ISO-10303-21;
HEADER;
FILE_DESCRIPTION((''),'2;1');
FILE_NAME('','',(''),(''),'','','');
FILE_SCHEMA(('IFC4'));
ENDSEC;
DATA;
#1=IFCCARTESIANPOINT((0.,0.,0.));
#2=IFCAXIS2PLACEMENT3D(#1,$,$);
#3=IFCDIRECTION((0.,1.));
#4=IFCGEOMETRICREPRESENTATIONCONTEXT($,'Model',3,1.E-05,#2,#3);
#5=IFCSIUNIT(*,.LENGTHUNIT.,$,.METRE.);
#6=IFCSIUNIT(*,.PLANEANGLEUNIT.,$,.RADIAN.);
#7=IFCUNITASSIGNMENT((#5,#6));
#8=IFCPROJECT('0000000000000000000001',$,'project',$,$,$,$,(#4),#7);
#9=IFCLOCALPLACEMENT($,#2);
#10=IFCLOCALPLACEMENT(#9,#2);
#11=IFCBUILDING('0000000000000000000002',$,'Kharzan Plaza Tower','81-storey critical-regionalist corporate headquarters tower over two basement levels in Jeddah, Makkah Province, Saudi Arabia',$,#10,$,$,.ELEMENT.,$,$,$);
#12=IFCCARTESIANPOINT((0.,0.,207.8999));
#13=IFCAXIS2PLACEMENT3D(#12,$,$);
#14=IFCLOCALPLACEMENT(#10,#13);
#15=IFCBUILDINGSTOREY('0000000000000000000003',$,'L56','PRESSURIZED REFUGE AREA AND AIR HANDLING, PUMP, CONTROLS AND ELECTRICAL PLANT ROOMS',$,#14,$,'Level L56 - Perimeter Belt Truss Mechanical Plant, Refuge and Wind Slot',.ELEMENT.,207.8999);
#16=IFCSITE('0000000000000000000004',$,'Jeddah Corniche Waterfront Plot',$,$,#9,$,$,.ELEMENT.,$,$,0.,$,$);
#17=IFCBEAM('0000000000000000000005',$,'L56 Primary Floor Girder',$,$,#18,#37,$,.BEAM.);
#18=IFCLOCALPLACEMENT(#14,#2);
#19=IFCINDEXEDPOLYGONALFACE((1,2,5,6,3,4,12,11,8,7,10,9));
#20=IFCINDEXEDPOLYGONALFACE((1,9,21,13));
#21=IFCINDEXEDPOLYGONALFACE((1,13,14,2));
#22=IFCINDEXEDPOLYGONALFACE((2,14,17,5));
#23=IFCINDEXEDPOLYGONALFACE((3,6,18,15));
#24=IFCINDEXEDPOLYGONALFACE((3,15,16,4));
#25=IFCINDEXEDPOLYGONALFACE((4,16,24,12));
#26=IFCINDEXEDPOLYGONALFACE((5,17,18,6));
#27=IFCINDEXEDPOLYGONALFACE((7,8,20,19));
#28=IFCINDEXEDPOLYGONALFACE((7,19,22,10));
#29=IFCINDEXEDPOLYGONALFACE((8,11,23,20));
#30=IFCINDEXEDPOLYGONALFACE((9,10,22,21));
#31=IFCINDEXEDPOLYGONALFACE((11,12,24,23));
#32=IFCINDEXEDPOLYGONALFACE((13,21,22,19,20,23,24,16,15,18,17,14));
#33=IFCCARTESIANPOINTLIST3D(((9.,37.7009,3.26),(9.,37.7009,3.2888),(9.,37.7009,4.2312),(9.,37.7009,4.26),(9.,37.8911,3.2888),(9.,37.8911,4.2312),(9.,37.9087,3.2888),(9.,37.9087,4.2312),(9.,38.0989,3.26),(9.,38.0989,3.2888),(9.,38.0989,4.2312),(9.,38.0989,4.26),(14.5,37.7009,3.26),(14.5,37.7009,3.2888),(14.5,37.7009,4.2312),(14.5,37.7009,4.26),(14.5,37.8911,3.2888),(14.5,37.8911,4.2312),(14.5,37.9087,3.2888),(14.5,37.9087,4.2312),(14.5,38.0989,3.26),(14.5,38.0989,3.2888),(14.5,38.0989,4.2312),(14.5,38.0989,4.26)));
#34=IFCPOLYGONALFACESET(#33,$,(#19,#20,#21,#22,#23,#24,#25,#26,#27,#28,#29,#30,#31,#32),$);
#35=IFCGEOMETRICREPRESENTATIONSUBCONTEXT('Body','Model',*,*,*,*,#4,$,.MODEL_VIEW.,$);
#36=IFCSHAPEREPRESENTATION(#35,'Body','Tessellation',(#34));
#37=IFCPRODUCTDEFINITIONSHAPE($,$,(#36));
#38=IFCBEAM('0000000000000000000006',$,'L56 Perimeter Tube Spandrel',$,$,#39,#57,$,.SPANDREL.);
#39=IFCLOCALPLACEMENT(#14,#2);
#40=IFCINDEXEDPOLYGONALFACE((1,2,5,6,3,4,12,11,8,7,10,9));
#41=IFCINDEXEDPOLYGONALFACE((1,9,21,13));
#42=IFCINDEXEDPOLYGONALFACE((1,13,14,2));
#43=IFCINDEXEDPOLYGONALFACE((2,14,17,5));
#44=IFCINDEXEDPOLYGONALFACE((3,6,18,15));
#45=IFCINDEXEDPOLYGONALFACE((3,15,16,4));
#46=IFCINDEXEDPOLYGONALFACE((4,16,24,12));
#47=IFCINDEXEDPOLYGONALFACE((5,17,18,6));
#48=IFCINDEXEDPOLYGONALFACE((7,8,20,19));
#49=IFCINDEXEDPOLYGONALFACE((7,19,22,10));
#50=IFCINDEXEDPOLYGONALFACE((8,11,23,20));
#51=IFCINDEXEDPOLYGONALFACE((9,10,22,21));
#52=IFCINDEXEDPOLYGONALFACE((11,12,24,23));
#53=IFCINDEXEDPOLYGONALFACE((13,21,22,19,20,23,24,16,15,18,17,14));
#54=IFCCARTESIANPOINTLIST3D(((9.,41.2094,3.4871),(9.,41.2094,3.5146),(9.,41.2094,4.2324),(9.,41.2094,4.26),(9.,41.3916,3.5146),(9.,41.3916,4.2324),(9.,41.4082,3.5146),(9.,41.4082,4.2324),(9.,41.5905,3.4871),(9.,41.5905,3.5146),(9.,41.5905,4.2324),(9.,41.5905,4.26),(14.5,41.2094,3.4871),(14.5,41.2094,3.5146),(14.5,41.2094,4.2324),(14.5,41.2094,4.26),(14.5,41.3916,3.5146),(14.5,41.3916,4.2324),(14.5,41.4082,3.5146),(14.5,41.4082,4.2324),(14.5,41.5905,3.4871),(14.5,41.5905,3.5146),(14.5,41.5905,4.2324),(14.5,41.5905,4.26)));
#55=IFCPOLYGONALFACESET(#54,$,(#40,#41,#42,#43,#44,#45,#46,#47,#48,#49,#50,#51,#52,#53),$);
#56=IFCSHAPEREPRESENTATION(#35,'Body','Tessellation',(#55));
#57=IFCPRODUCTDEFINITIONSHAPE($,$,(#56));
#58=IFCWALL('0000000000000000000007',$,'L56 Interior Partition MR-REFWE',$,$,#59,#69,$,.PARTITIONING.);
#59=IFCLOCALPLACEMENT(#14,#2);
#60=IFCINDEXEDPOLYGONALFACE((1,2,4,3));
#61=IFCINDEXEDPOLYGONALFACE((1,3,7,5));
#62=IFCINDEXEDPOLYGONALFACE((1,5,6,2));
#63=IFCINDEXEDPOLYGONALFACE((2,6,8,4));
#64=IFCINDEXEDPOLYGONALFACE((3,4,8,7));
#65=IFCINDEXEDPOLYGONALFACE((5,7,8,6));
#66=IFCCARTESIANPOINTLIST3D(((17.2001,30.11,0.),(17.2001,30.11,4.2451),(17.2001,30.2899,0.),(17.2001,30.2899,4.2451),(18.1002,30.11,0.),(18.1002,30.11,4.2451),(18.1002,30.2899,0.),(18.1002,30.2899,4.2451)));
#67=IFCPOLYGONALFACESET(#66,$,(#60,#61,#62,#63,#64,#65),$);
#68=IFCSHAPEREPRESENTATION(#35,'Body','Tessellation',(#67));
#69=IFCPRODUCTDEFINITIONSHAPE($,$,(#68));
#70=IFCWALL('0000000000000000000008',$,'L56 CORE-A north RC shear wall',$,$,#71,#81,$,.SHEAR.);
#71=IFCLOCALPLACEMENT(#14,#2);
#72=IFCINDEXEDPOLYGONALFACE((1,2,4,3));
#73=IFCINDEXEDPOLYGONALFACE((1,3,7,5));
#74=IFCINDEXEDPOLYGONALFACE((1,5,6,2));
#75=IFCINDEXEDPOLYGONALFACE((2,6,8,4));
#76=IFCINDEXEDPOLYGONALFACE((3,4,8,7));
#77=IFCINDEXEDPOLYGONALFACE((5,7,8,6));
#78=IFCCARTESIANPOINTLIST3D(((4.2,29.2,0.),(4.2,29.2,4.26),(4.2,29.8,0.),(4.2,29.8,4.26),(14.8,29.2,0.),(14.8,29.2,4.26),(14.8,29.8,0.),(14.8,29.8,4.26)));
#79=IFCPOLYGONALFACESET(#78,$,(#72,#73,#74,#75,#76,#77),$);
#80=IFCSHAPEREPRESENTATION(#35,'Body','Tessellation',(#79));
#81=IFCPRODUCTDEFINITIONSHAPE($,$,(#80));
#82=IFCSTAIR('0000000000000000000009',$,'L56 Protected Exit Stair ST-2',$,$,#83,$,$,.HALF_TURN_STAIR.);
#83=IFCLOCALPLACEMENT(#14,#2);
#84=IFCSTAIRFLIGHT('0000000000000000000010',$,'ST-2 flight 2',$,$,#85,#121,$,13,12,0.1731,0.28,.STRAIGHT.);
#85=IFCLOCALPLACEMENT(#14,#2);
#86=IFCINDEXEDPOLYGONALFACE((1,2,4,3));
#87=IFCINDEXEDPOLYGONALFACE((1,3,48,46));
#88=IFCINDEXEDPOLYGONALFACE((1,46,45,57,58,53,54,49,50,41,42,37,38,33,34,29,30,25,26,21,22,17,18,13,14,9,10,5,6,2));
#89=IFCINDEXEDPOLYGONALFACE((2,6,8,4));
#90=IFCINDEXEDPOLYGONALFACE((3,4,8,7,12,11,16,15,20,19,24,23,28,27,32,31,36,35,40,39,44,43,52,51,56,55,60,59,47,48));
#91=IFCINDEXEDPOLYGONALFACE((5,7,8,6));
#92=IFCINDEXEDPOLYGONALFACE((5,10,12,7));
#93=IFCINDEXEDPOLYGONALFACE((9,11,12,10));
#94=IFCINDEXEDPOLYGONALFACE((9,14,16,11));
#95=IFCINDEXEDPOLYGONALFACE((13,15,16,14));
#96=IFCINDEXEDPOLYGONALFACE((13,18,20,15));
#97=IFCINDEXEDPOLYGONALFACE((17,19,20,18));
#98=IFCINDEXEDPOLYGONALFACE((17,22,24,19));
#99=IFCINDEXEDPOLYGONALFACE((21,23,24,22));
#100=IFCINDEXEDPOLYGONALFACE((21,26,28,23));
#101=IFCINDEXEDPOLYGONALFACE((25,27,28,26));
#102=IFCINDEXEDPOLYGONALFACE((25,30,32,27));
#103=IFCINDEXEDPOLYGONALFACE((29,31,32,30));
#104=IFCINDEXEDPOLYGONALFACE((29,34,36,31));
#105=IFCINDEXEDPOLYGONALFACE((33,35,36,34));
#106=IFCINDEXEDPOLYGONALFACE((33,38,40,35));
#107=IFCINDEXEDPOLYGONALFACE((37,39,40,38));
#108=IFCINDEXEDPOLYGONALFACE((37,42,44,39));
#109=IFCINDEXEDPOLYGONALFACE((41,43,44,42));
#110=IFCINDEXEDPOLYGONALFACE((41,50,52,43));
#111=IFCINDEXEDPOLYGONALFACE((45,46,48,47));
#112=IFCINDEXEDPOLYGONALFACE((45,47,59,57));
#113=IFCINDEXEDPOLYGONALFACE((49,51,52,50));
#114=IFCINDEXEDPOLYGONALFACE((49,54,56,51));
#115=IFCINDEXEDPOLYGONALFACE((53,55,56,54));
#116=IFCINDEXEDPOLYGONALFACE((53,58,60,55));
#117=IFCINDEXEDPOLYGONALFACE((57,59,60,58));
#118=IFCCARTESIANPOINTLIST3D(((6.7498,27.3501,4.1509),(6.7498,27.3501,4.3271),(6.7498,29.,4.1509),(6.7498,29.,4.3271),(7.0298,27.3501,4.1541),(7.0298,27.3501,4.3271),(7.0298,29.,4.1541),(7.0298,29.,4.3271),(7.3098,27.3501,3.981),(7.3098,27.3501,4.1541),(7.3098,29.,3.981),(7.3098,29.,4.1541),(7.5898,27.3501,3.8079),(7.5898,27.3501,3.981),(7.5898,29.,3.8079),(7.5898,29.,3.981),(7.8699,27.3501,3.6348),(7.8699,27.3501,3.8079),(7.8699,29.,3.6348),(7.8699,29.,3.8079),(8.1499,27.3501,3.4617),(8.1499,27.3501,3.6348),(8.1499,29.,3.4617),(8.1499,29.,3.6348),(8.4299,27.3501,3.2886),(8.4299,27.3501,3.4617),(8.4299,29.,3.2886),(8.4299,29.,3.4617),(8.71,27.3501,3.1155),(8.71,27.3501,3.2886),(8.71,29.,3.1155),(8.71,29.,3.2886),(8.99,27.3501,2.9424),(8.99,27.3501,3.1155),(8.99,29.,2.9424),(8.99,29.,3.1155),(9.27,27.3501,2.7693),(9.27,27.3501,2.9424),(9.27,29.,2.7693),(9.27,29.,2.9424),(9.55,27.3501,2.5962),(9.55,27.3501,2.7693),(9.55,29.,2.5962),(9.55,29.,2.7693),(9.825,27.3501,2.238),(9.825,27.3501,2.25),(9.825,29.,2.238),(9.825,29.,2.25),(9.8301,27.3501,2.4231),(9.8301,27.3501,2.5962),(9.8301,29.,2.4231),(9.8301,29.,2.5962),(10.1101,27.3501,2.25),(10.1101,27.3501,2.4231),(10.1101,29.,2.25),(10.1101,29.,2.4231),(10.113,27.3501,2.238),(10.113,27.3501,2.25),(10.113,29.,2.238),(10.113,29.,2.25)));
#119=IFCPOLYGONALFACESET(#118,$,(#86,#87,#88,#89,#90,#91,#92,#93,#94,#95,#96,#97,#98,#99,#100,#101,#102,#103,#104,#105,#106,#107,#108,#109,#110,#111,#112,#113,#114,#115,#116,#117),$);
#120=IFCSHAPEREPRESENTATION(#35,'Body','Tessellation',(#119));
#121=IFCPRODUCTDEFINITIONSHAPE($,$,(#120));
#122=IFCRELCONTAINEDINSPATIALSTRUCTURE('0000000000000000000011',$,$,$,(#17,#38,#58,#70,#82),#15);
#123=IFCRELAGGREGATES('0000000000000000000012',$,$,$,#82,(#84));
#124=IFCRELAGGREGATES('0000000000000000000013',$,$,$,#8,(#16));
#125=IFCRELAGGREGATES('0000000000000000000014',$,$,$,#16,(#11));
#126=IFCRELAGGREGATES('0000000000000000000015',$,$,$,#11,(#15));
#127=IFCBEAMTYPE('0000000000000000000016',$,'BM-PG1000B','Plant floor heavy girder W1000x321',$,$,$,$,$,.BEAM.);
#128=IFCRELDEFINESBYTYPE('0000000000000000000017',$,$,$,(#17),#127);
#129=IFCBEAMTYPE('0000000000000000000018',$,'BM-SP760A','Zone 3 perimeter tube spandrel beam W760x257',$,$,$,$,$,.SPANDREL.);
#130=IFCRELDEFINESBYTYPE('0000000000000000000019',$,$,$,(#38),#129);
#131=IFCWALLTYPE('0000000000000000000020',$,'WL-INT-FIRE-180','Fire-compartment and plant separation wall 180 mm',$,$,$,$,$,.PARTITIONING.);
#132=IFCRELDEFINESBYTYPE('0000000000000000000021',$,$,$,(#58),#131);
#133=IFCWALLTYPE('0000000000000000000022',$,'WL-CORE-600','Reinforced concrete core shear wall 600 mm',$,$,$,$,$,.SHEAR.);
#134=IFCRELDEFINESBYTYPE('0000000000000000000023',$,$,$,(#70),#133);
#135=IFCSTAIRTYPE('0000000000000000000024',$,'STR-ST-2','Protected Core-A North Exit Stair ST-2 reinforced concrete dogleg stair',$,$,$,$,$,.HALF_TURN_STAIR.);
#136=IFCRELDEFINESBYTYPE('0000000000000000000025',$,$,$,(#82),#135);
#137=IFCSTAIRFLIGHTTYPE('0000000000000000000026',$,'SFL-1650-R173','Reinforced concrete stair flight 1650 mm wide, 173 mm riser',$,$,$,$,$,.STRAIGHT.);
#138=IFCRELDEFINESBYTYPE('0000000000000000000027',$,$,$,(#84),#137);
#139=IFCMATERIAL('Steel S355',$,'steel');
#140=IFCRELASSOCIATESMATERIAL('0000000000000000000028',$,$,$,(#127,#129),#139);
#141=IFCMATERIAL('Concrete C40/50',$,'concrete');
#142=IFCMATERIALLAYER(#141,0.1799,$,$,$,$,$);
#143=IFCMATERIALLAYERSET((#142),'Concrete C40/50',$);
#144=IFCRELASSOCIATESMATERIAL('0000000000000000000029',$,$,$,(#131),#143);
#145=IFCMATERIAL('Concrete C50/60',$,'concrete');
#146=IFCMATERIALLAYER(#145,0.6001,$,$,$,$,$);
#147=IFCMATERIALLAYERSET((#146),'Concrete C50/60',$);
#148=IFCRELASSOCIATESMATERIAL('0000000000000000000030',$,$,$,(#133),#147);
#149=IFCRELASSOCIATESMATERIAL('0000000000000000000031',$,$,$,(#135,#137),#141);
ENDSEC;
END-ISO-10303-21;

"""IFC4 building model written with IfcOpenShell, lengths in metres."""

from ifc_helpers import new_model, si_unit, direction, frame, frame_2d, origin, origin_2d, place, context, subcontext, project, spatial, polyline, rectangle, i_section, outline, extrude, source, transform, mapped, material, layer, layer_set, material_profile, profile_set, type_object, element, aggregate, save


model = new_model("IFC4")

# Units and contexts
model_context = context("Model", 3, precision=1e-05, world=origin(), true_north=direction((0.0, 1.0)))
body_context = subcontext(model_context, "Body", "Model", "MODEL_VIEW")
ifc_project = project(units=[si_unit("LENGTHUNIT", "METRE"), si_unit("PLANEANGLEUNIT", "RADIAN")], contexts=[model_context])

# Site, building, storey
site_placement = place(None, origin())
site = spatial("IfcSite", under=ifc_project, at=site_placement, Name="Jeddah Corniche Waterfront Plot", CompositionType="ELEMENT", RefElevation=0.0)
building_placement = place(site_placement, origin())
building = spatial("IfcBuilding", under=site, at=building_placement, Name="Kharzan Plaza Tower", Description="81-storey critical-regionalist corporate headquarters tower over two basement levels in Jeddah, Makkah Province, Saudi Arabia", CompositionType="ELEMENT")
storey_placement = place(building_placement, frame((0.0, 0.0, 207.8999)))
storey = spatial("IfcBuildingStorey", under=building, at=storey_placement, Name="L56", Description="PRESSURIZED REFUGE AREA AND AIR HANDLING, PUMP, CONTROLS AND ELECTRICAL PLANT ROOMS", LongName="Level L56 - Perimeter Belt Truss Mechanical Plant, Refuge and Wind Slot", CompositionType="ELEMENT", Elevation=207.8999)

# Shared definitions
ifc_material_1 = material(Name="Concrete C50/60", Category="concrete")

# Beams
ifc_material_2 = material(Name="Steel S355", Category="steel")
ifc_material_profile_1 = material_profile(ifc_material_2, i_section(OverallWidth=0.3979, OverallDepth=1.0, WebThickness=0.0176, FlangeThickness=0.0288, at=origin_2d()), Name="W1000x321")
ifc_profile_set_1 = profile_set([ifc_material_profile_1], Name="Steel S355")
beam_type_1 = type_object("IfcBeamType", Name="BM-PG1000B", Description="Plant floor heavy girder W1000x321", PredefinedType="BEAM", material=ifc_profile_set_1)
shared_shape_1 = source(origin(), body_context, "Body", "SweptSolid", [
    extrude(i_section(OverallWidth=0.3979, OverallDepth=1.0, WebThickness=0.0176, FlangeThickness=0.0288, at=origin_2d()), origin(), (0.0, 0.0, 1.0), 5.5),
])
beam_1_placement = place(storey_placement, frame((9.0, 37.8999, 3.76), z_axis=(1.0, 0.0, 0.0), x_axis=(0.0, 1.0, 0.0)))
element("IfcBeam", 1, at=beam_1_placement, inside=storey, type_object=beam_type_1, Name="L56 Primary Floor Girder", PredefinedType="BEAM", context=body_context, shape_type="MappedRepresentation", body=[
    mapped(shared_shape_1, transform((0.0, 0.0, 0.0), x_axis=(1.0, 0.0, 0.0), y_axis=(0.0, 1.0, 0.0), z_axis=(0.0, 0.0, 1.0))),
])
ifc_material_profile_2 = material_profile(ifc_material_2, i_section(OverallWidth=0.3811, OverallDepth=0.7729, WebThickness=0.0166, FlangeThickness=0.0276, at=origin_2d()), Name="W760x257")
ifc_profile_set_2 = profile_set([ifc_material_profile_2], Name="Steel S355")
beam_type_2 = type_object("IfcBeamType", Name="BM-SP760A", Description="Zone 3 perimeter tube spandrel beam W760x257", PredefinedType="SPANDREL", material=ifc_profile_set_2)
shared_shape_2 = source(origin(), body_context, "Body", "SweptSolid", [
    extrude(i_section(OverallWidth=0.3811, OverallDepth=0.7729, WebThickness=0.0166, FlangeThickness=0.0276, at=origin_2d()), origin(), (0.0, 0.0, 1.0), 5.5),
])
beam_2_placement = place(storey_placement, frame((9.0, 41.3999, 3.8735), z_axis=(1.0, 0.0, 0.0), x_axis=(0.0, 1.0, 0.0)))
element("IfcBeam", 2, at=beam_2_placement, inside=storey, type_object=beam_type_2, Name="L56 Perimeter Tube Spandrel", PredefinedType="SPANDREL", context=body_context, shape_type="MappedRepresentation", body=[
    mapped(shared_shape_2, transform((0.0, 0.0, 0.0), x_axis=(1.0, 0.0, 0.0), y_axis=(0.0, 1.0, 0.0), z_axis=(0.0, 0.0, 1.0))),
])

# Shared definitions
ifc_material_3 = material(Name="Concrete C40/50", Category="concrete")
ifc_layer_1 = layer(ifc_material_3, 0.1799)
ifc_layer_set_1 = layer_set([ifc_layer_1], Name="Concrete C40/50")
wall_type_1 = type_object("IfcWallType", Name="WL-INT-FIRE-180", Description="Fire-compartment and plant separation wall 180 mm", PredefinedType="PARTITIONING", material=ifc_layer_set_1)

# Walls
shared_shape_3 = source(origin(), body_context, "Body", "SweptSolid", [
    extrude(rectangle(XDim=0.9001, YDim=0.1799, at=frame_2d((0.4502, 0.0))), origin(), (0.0, 0.0, 1.0), 4.2451),
])
wall_1_placement = place(storey_placement, frame((17.2, 30.2, 0.0), z_axis=(0.0, 0.0, 1.0), x_axis=(1.0, 0.0, 0.0)))
element("IfcWall", 3, at=wall_1_placement, inside=storey, type_object=wall_type_1, Name="L56 Interior Partition MR-REFWE", PredefinedType="PARTITIONING", context=body_context, shape_type="MappedRepresentation", body=[
    mapped(shared_shape_3, transform((0.0, 0.0, 0.0), x_axis=(1.0, 0.0, 0.0), y_axis=(0.0, 1.0, 0.0), z_axis=(0.0, 0.0, 1.0))),
])
ifc_layer_2 = layer(ifc_material_1, 0.6001)
ifc_layer_set_2 = layer_set([ifc_layer_2], Name="Concrete C50/60")
wall_type_2 = type_object("IfcWallType", Name="WL-CORE-600", Description="Reinforced concrete core shear wall 600 mm", PredefinedType="SHEAR", material=ifc_layer_set_2)
shared_shape_4 = source(origin(), body_context, "Body", "SweptSolid", [
    extrude(rectangle(XDim=10.6001, YDim=0.6001, at=frame_2d((5.3, 0.0))), origin(), (0.0, 0.0, 1.0), 4.26),
])
wall_2_placement = place(storey_placement, frame((4.2, 29.5, 0.0), z_axis=(0.0, 0.0, 1.0), x_axis=(1.0, 0.0, 0.0)))
element("IfcWall", 4, at=wall_2_placement, inside=storey, type_object=wall_type_2, Name="L56 CORE-A north RC shear wall", PredefinedType="SHEAR", context=body_context, shape_type="MappedRepresentation", body=[
    mapped(shared_shape_4, transform((0.0, 0.0, 0.0), x_axis=(1.0, 0.0, 0.0), y_axis=(0.0, 1.0, 0.0), z_axis=(0.0, 0.0, 1.0))),
])

# Stair, stair flight
stair_type = type_object("IfcStairType", Name="STR-ST-2", Description="Protected Core-A North Exit Stair ST-2 reinforced concrete dogleg stair", PredefinedType="HALF_TURN_STAIR", material=ifc_material_3)
stair_placement = place(storey_placement, origin())
stair = element("IfcStair", 5, at=stair_placement, inside=storey, type_object=stair_type, Name="L56 Protected Exit Stair ST-2", PredefinedType="HALF_TURN_STAIR")
stair_flight_type = type_object("IfcStairFlightType", Name="SFL-1650-R173", Description="Reinforced concrete stair flight 1650 mm wide, 173 mm riser", PredefinedType="STRAIGHT", material=ifc_material_3)
shared_shape_5 = source(origin(), body_context, "Body", "SweptSolid", [
    extrude(outline(polyline([(-0.0029, -0.012), (-0.0029, 0.0), (0.0, 0.0), (0.0, 0.1731), (0.28, 0.1731), (0.28, 0.3462), (0.5601, 0.3462), (0.5601, 0.5193), (0.8401, 0.5193), (0.8401, 0.6924), (1.1201, 0.6924), (1.1201, 0.8655), (1.4001, 0.8655), (1.4001, 1.0386), (1.6802, 1.0386), (1.6802, 1.2117), (1.9602, 1.2117), (1.9602, 1.3848), (2.2402, 1.3848), (2.2402, 1.5579), (2.5203, 1.5579), (2.5203, 1.731), (2.8003, 1.731), (2.8003, 1.9041), (3.0803, 1.9041), (3.0803, 2.0771), (3.3604, 2.0771), (3.3604, 2.2502), (3.3604, 1.9009), (0.2852, 0.0), (0.2852, -0.012), (-0.0029, -0.012)])), frame((0.0, 0.825, 0.0), z_axis=(0.0, -1.0, 0.0), x_axis=(1.0, 0.0, 0.0)), (0.0, 0.0, 1.0), 1.6499),
])
stair_flight_placement = place(storey_placement, frame((10.1101, 28.175, 2.25), z_axis=(0.0, 0.0, 1.0), x_axis=(-1.0, 0.0, 0.0)))
stair_flight = element("IfcStairFlight", 6, at=stair_flight_placement, type_object=stair_flight_type, Name="ST-2 flight 2", NumberOfRisers=13, NumberOfTreads=12, PredefinedType="STRAIGHT", RiserHeight=0.1731, TreadLength=0.28, context=body_context, shape_type="MappedRepresentation", body=[
    mapped(shared_shape_5, transform((0.0, 0.0, 0.0), x_axis=(1.0, 0.0, 0.0), y_axis=(0.0, 1.0, 0.0), z_axis=(0.0, 0.0, 1.0))),
])
aggregate(stair, [stair_flight])

save(model, "model.ifc")
